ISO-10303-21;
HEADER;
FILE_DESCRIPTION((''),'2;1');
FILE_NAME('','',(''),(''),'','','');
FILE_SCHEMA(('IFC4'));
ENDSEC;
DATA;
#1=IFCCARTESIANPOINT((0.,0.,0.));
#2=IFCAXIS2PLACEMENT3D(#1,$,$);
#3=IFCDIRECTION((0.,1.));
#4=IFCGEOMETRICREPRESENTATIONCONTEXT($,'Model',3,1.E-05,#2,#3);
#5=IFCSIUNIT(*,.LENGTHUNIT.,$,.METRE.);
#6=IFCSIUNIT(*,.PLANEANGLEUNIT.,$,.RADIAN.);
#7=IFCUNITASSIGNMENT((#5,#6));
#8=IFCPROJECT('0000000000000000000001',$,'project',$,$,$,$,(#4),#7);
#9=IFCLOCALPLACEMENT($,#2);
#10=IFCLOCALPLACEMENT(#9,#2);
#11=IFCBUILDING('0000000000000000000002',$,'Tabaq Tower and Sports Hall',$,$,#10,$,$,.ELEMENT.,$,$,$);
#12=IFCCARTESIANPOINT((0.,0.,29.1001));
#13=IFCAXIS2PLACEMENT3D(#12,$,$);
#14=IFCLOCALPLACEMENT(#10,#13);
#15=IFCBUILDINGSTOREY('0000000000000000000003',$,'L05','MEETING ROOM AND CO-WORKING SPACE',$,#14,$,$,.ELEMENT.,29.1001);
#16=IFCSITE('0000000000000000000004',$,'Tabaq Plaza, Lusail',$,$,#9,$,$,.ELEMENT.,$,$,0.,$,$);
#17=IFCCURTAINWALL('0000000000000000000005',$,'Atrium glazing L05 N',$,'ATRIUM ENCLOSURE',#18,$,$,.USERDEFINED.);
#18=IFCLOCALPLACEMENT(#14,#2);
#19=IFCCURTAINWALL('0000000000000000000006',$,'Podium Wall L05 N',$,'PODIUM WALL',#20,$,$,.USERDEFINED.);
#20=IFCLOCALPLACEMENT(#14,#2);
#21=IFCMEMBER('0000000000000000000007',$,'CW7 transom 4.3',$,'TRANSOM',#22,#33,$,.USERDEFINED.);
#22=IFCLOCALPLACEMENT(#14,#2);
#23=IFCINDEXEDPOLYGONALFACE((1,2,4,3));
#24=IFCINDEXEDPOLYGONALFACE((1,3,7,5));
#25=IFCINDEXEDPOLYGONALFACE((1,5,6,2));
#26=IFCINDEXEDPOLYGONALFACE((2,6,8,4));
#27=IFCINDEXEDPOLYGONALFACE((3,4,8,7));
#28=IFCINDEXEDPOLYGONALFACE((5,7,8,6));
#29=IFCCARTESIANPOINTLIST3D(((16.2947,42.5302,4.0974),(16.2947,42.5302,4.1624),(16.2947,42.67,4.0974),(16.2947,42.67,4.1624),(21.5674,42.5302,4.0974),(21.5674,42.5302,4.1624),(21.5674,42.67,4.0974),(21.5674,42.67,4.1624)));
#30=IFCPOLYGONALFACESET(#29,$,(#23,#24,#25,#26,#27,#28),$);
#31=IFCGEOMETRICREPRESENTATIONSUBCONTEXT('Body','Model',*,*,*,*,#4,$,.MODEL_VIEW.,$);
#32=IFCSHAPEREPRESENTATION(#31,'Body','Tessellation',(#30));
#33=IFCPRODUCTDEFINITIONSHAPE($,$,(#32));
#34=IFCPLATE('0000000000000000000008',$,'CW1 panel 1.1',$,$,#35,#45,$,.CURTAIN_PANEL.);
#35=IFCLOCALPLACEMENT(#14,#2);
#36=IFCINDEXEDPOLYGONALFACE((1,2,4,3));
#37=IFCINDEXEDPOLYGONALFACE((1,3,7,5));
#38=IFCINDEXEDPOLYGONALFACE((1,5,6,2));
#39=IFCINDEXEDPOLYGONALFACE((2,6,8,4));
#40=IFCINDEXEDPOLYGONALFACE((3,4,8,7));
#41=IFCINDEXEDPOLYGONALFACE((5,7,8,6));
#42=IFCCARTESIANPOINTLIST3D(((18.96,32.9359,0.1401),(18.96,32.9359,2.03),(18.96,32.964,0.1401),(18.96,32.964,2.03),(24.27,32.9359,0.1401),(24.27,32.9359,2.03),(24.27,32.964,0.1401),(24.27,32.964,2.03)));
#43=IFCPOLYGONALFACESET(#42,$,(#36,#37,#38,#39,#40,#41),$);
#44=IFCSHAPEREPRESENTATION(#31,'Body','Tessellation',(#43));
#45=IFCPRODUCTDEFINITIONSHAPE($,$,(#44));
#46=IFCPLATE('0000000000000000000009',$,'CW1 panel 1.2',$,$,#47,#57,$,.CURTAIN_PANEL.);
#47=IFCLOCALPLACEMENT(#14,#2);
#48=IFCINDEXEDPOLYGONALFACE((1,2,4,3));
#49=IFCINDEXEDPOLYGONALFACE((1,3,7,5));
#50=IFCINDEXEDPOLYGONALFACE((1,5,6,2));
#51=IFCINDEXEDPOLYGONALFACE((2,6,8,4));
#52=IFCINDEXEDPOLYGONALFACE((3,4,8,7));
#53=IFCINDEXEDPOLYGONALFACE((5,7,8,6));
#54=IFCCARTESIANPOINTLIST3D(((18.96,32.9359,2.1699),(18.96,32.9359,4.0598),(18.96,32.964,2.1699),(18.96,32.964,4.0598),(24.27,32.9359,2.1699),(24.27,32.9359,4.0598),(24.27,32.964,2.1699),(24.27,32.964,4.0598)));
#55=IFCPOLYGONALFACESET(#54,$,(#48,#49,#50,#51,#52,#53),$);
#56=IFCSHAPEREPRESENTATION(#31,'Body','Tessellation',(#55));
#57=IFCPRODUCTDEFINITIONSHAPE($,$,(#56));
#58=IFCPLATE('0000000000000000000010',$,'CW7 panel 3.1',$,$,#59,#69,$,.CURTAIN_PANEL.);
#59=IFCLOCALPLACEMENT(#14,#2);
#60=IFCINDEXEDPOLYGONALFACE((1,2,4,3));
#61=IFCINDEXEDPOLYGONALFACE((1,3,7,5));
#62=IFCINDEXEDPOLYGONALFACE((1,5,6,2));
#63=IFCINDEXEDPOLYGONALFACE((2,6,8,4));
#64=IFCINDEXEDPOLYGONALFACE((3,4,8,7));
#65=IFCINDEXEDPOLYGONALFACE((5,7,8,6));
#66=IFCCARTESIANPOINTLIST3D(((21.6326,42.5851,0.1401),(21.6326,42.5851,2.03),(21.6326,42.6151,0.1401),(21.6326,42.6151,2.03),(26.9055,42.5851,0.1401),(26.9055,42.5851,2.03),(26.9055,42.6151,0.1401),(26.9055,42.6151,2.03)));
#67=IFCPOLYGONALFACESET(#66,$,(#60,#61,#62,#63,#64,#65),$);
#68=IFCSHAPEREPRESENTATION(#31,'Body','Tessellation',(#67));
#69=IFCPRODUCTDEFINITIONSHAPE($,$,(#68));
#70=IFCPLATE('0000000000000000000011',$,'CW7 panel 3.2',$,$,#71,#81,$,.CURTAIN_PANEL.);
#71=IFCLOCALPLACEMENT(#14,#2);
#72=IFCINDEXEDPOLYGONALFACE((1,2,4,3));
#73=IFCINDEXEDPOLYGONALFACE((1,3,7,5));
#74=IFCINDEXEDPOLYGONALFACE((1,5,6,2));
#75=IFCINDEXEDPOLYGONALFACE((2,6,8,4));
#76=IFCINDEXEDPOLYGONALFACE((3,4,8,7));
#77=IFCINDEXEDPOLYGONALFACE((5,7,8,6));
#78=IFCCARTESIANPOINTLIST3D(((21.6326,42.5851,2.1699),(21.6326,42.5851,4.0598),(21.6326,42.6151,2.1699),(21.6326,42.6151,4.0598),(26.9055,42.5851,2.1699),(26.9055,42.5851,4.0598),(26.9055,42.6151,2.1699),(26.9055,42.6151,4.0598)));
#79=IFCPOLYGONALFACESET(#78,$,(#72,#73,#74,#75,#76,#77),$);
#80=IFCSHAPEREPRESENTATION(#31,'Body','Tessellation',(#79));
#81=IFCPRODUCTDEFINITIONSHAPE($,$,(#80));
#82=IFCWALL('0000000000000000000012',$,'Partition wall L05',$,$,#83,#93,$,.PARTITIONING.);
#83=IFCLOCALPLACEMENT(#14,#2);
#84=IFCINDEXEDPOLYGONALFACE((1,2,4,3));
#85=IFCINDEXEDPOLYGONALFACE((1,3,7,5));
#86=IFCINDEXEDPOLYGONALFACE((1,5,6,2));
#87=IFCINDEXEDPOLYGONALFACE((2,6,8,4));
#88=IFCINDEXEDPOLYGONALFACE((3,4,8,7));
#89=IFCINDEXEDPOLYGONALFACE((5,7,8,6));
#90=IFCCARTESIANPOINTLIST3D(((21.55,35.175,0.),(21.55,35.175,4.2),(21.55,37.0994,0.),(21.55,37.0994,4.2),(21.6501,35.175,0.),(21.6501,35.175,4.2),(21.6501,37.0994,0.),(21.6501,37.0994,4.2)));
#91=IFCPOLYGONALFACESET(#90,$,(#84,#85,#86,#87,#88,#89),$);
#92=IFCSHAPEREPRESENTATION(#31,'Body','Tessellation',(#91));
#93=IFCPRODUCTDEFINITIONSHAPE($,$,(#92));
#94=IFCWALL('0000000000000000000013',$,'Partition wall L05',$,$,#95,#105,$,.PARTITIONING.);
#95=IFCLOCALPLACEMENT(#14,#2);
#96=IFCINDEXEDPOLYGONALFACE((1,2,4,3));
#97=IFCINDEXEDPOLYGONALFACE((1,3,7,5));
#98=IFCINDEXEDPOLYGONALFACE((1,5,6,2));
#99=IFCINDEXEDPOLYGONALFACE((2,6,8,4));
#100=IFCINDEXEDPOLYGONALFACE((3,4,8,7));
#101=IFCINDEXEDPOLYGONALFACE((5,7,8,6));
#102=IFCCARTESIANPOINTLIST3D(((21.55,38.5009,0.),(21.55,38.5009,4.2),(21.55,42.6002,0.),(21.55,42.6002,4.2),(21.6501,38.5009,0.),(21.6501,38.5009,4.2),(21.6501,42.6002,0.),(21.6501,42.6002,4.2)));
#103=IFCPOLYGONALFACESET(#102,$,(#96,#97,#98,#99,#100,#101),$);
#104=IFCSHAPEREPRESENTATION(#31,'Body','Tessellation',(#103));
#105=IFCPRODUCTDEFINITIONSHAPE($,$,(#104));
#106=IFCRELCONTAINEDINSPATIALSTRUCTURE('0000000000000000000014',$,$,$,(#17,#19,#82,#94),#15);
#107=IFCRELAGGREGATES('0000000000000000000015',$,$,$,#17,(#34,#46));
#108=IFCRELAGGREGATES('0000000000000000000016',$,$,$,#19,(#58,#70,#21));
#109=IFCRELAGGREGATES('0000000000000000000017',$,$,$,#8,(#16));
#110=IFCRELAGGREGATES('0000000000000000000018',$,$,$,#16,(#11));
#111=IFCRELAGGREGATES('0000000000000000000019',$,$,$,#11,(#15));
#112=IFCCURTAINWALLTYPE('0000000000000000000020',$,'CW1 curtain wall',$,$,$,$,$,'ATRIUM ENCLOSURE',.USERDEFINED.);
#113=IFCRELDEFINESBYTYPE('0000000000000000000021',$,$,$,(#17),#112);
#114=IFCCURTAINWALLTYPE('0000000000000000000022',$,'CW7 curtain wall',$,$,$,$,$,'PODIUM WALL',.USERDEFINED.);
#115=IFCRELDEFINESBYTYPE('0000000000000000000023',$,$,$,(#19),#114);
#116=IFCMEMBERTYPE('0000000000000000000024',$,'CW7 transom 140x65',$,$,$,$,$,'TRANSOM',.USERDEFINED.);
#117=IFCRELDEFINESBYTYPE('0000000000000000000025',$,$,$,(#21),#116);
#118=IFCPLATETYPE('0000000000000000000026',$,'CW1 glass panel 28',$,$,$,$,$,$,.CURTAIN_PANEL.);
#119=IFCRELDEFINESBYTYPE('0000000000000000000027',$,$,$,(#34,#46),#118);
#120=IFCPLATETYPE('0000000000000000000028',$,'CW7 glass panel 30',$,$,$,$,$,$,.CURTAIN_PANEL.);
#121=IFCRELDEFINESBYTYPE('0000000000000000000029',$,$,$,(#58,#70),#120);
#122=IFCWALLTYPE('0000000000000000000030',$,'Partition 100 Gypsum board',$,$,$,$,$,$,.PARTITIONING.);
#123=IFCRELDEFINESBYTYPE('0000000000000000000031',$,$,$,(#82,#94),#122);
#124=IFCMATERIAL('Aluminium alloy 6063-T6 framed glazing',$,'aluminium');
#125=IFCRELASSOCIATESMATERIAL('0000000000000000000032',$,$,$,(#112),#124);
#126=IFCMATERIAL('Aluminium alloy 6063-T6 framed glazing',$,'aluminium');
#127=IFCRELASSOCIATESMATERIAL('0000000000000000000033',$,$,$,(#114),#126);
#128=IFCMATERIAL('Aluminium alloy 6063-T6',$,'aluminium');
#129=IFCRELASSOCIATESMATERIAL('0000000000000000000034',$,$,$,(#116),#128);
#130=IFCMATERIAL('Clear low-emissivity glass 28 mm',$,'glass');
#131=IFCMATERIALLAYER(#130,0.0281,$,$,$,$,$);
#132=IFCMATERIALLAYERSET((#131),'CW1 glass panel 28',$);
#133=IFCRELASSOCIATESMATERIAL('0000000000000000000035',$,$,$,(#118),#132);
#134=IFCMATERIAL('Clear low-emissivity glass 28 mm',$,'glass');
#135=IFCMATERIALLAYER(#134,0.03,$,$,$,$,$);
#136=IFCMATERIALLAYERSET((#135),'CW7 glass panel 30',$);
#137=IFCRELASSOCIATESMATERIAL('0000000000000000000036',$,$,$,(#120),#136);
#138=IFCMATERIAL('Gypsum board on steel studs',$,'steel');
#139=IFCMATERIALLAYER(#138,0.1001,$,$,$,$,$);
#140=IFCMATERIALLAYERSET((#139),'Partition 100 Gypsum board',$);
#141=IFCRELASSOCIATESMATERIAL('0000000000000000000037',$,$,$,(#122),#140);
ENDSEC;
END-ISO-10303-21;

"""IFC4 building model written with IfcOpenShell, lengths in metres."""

from ifc_helpers import new_model, si_unit, direction, frame, frame_2d, origin, origin_2d, place, context, subcontext, project, spatial, rectangle, extrude, material, layer, layer_set, material_profile, profile_set, type_object, element, aggregate, save


model = new_model("IFC4")

# Units and contexts
model_context = context("Model", 3, precision=1e-05, world=origin(), true_north=direction((0.0, 1.0)))
body_context = subcontext(model_context, "Body", "Model", "MODEL_VIEW")
ifc_project = project(units=[si_unit("LENGTHUNIT", "METRE"), si_unit("PLANEANGLEUNIT", "RADIAN")], contexts=[model_context])

# Site, building, storey
site_placement = place(None, origin())
site = spatial("IfcSite", under=ifc_project, at=site_placement, Name="Tabaq Plaza, Lusail", CompositionType="ELEMENT", RefElevation=0.0)
building_placement = place(site_placement, origin())
building = spatial("IfcBuilding", under=site, at=building_placement, Name="Tabaq Tower and Sports Hall", CompositionType="ELEMENT")
storey_placement = place(building_placement, frame((0.0, 0.0, 29.1001)))
storey = spatial("IfcBuildingStorey", under=building, at=storey_placement, Name="L05", Description="MEETING ROOM AND CO-WORKING SPACE", CompositionType="ELEMENT", Elevation=29.1001)

# Curtain walls, member
ifc_material_1 = material(Name="Aluminium alloy 6063-T6 framed glazing", Category="aluminium")
curtain_wall_type_1 = type_object("IfcCurtainWallType", Name="CW1 curtain wall", ElementType="ATRIUM ENCLOSURE", PredefinedType="USERDEFINED", material=ifc_material_1)
curtain_wall_1_placement = place(storey_placement, origin())
curtain_wall_1 = element("IfcCurtainWall", 1, at=curtain_wall_1_placement, inside=storey, type_object=curtain_wall_type_1, Name="Atrium glazing L05 N", ObjectType="ATRIUM ENCLOSURE", PredefinedType="USERDEFINED")
ifc_material_2 = material(Name="Aluminium alloy 6063-T6 framed glazing", Category="aluminium")
curtain_wall_type_2 = type_object("IfcCurtainWallType", Name="CW7 curtain wall", ElementType="PODIUM WALL", PredefinedType="USERDEFINED", material=ifc_material_2)
curtain_wall_2_placement = place(storey_placement, origin())
curtain_wall_2 = element("IfcCurtainWall", 2, at=curtain_wall_2_placement, inside=storey, type_object=curtain_wall_type_2, Name="Podium Wall L05 N", ObjectType="PODIUM WALL", PredefinedType="USERDEFINED")
ifc_material_3 = material(Name="Aluminium alloy 6063-T6", Category="aluminium")
ifc_material_profile_1 = material_profile(ifc_material_3, rectangle(XDim=0.1399, YDim=0.0649, at=origin_2d()), Name="TRANSOM 140x65")
ifc_profile_set_1 = profile_set([ifc_material_profile_1], Name="Aluminium alloy 6063-T6")
member_type_1 = type_object("IfcMemberType", Name="CW7 transom 140x65", ElementType="TRANSOM", PredefinedType="USERDEFINED", material=ifc_profile_set_1)
member_1_placement = place(storey_placement, frame((21.5674, 42.6001, 4.1299), z_axis=(-1.0, 0.0, 0.0), x_axis=(0.0, -1.0, 0.0)))
member_1 = element("IfcMember", 3, at=member_1_placement, type_object=member_type_1, Name="CW7 transom 4.3", ObjectType="TRANSOM", PredefinedType="USERDEFINED", context=body_context, shape_type="SweptSolid", body=[
    extrude(rectangle(XDim=0.1399, YDim=0.0649, at=origin_2d()), origin(), (0.0, 0.0, 1.0), 5.2727),
])

# Plates
ifc_material_4 = material(Name="Clear low-emissivity glass 28 mm", Category="glass")
ifc_layer_1 = layer(ifc_material_4, 0.0281)
ifc_layer_set_1 = layer_set([ifc_layer_1], Name="CW1 glass panel 28")
plate_type_1 = type_object("IfcPlateType", Name="CW1 glass panel 28", PredefinedType="CURTAIN_PANEL", material=ifc_layer_set_1)
plate_1_placement = place(storey_placement, frame((21.615, 32.95, 0.1401), z_axis=(0.0, 0.0, 1.0), x_axis=(1.0, 0.0, 0.0)))
plate_1 = element("IfcPlate", 4, at=plate_1_placement, type_object=plate_type_1, Name="CW1 panel 1.1", PredefinedType="CURTAIN_PANEL", context=body_context, shape_type="SweptSolid", body=[
    extrude(rectangle(XDim=5.3101, YDim=0.0281, at=origin_2d()), origin(), (0.0, 0.0, 1.0), 1.8899),
])
plate_2_placement = place(storey_placement, frame((21.615, 32.95, 2.1699), z_axis=(0.0, 0.0, 1.0), x_axis=(1.0, 0.0, 0.0)))
plate_2 = element("IfcPlate", 5, at=plate_2_placement, type_object=plate_type_1, Name="CW1 panel 1.2", PredefinedType="CURTAIN_PANEL", context=body_context, shape_type="SweptSolid", body=[
    extrude(rectangle(XDim=5.3101, YDim=0.0281, at=origin_2d()), origin(), (0.0, 0.0, 1.0), 1.8899),
])
aggregate(curtain_wall_1, [plate_1, plate_2])
ifc_material_5 = material(Name="Clear low-emissivity glass 28 mm", Category="glass")
ifc_layer_2 = layer(ifc_material_5, 0.03)
ifc_layer_set_2 = layer_set([ifc_layer_2], Name="CW7 glass panel 30")
plate_type_2 = type_object("IfcPlateType", Name="CW7 glass panel 30", PredefinedType="CURTAIN_PANEL", material=ifc_layer_set_2)
plate_3_placement = place(storey_placement, frame((24.269, 42.6001, 0.1401), z_axis=(0.0, 0.0, 1.0), x_axis=(-1.0, 0.0, 0.0)))
plate_3 = element("IfcPlate", 6, at=plate_3_placement, type_object=plate_type_2, Name="CW7 panel 3.1", PredefinedType="CURTAIN_PANEL", context=body_context, shape_type="SweptSolid", body=[
    extrude(rectangle(XDim=5.2729, YDim=0.03, at=origin_2d()), origin(), (0.0, 0.0, 1.0), 1.8899),
])
plate_4_placement = place(storey_placement, frame((24.269, 42.6001, 2.1699), z_axis=(0.0, 0.0, 1.0), x_axis=(-1.0, 0.0, 0.0)))
plate_4 = element("IfcPlate", 7, at=plate_4_placement, type_object=plate_type_2, Name="CW7 panel 3.2", PredefinedType="CURTAIN_PANEL", context=body_context, shape_type="SweptSolid", body=[
    extrude(rectangle(XDim=5.2729, YDim=0.03, at=origin_2d()), origin(), (0.0, 0.0, 1.0), 1.8899),
])
aggregate(curtain_wall_2, [plate_3, plate_4, member_1])

# Walls
ifc_material_6 = material(Name="Gypsum board on steel studs", Category="steel")
ifc_layer_3 = layer(ifc_material_6, 0.1001)
ifc_layer_set_3 = layer_set([ifc_layer_3], Name="Partition 100 Gypsum board")
wall_type = type_object("IfcWallType", Name="Partition 100 Gypsum board", PredefinedType="PARTITIONING", material=ifc_layer_set_3)
wall_1_placement = place(storey_placement, frame((21.6001, 35.175, 0.0), z_axis=(0.0, 0.0, 1.0), x_axis=(0.0, 1.0, 0.0)))
element("IfcWall", 8, at=wall_1_placement, inside=storey, type_object=wall_type, Name="Partition wall L05", PredefinedType="PARTITIONING", context=body_context, shape_type="SweptSolid", body=[
    extrude(rectangle(XDim=1.9243, YDim=0.1001, at=frame_2d((0.9622, 0.0))), origin(), (0.0, 0.0, 1.0), 4.2),
])
wall_2_placement = place(storey_placement, frame((21.6001, 38.5007, 0.0), z_axis=(0.0, 0.0, 1.0), x_axis=(0.0, 1.0, 0.0)))
element("IfcWall", 9, at=wall_2_placement, inside=storey, type_object=wall_type, Name="Partition wall L05", PredefinedType="PARTITIONING", context=body_context, shape_type="SweptSolid", body=[
    extrude(rectangle(XDim=4.0994, YDim=0.1001, at=frame_2d((2.0498, 0.0))), origin(), (0.0, 0.0, 1.0), 4.2),
])

save(model, "model.ifc")
